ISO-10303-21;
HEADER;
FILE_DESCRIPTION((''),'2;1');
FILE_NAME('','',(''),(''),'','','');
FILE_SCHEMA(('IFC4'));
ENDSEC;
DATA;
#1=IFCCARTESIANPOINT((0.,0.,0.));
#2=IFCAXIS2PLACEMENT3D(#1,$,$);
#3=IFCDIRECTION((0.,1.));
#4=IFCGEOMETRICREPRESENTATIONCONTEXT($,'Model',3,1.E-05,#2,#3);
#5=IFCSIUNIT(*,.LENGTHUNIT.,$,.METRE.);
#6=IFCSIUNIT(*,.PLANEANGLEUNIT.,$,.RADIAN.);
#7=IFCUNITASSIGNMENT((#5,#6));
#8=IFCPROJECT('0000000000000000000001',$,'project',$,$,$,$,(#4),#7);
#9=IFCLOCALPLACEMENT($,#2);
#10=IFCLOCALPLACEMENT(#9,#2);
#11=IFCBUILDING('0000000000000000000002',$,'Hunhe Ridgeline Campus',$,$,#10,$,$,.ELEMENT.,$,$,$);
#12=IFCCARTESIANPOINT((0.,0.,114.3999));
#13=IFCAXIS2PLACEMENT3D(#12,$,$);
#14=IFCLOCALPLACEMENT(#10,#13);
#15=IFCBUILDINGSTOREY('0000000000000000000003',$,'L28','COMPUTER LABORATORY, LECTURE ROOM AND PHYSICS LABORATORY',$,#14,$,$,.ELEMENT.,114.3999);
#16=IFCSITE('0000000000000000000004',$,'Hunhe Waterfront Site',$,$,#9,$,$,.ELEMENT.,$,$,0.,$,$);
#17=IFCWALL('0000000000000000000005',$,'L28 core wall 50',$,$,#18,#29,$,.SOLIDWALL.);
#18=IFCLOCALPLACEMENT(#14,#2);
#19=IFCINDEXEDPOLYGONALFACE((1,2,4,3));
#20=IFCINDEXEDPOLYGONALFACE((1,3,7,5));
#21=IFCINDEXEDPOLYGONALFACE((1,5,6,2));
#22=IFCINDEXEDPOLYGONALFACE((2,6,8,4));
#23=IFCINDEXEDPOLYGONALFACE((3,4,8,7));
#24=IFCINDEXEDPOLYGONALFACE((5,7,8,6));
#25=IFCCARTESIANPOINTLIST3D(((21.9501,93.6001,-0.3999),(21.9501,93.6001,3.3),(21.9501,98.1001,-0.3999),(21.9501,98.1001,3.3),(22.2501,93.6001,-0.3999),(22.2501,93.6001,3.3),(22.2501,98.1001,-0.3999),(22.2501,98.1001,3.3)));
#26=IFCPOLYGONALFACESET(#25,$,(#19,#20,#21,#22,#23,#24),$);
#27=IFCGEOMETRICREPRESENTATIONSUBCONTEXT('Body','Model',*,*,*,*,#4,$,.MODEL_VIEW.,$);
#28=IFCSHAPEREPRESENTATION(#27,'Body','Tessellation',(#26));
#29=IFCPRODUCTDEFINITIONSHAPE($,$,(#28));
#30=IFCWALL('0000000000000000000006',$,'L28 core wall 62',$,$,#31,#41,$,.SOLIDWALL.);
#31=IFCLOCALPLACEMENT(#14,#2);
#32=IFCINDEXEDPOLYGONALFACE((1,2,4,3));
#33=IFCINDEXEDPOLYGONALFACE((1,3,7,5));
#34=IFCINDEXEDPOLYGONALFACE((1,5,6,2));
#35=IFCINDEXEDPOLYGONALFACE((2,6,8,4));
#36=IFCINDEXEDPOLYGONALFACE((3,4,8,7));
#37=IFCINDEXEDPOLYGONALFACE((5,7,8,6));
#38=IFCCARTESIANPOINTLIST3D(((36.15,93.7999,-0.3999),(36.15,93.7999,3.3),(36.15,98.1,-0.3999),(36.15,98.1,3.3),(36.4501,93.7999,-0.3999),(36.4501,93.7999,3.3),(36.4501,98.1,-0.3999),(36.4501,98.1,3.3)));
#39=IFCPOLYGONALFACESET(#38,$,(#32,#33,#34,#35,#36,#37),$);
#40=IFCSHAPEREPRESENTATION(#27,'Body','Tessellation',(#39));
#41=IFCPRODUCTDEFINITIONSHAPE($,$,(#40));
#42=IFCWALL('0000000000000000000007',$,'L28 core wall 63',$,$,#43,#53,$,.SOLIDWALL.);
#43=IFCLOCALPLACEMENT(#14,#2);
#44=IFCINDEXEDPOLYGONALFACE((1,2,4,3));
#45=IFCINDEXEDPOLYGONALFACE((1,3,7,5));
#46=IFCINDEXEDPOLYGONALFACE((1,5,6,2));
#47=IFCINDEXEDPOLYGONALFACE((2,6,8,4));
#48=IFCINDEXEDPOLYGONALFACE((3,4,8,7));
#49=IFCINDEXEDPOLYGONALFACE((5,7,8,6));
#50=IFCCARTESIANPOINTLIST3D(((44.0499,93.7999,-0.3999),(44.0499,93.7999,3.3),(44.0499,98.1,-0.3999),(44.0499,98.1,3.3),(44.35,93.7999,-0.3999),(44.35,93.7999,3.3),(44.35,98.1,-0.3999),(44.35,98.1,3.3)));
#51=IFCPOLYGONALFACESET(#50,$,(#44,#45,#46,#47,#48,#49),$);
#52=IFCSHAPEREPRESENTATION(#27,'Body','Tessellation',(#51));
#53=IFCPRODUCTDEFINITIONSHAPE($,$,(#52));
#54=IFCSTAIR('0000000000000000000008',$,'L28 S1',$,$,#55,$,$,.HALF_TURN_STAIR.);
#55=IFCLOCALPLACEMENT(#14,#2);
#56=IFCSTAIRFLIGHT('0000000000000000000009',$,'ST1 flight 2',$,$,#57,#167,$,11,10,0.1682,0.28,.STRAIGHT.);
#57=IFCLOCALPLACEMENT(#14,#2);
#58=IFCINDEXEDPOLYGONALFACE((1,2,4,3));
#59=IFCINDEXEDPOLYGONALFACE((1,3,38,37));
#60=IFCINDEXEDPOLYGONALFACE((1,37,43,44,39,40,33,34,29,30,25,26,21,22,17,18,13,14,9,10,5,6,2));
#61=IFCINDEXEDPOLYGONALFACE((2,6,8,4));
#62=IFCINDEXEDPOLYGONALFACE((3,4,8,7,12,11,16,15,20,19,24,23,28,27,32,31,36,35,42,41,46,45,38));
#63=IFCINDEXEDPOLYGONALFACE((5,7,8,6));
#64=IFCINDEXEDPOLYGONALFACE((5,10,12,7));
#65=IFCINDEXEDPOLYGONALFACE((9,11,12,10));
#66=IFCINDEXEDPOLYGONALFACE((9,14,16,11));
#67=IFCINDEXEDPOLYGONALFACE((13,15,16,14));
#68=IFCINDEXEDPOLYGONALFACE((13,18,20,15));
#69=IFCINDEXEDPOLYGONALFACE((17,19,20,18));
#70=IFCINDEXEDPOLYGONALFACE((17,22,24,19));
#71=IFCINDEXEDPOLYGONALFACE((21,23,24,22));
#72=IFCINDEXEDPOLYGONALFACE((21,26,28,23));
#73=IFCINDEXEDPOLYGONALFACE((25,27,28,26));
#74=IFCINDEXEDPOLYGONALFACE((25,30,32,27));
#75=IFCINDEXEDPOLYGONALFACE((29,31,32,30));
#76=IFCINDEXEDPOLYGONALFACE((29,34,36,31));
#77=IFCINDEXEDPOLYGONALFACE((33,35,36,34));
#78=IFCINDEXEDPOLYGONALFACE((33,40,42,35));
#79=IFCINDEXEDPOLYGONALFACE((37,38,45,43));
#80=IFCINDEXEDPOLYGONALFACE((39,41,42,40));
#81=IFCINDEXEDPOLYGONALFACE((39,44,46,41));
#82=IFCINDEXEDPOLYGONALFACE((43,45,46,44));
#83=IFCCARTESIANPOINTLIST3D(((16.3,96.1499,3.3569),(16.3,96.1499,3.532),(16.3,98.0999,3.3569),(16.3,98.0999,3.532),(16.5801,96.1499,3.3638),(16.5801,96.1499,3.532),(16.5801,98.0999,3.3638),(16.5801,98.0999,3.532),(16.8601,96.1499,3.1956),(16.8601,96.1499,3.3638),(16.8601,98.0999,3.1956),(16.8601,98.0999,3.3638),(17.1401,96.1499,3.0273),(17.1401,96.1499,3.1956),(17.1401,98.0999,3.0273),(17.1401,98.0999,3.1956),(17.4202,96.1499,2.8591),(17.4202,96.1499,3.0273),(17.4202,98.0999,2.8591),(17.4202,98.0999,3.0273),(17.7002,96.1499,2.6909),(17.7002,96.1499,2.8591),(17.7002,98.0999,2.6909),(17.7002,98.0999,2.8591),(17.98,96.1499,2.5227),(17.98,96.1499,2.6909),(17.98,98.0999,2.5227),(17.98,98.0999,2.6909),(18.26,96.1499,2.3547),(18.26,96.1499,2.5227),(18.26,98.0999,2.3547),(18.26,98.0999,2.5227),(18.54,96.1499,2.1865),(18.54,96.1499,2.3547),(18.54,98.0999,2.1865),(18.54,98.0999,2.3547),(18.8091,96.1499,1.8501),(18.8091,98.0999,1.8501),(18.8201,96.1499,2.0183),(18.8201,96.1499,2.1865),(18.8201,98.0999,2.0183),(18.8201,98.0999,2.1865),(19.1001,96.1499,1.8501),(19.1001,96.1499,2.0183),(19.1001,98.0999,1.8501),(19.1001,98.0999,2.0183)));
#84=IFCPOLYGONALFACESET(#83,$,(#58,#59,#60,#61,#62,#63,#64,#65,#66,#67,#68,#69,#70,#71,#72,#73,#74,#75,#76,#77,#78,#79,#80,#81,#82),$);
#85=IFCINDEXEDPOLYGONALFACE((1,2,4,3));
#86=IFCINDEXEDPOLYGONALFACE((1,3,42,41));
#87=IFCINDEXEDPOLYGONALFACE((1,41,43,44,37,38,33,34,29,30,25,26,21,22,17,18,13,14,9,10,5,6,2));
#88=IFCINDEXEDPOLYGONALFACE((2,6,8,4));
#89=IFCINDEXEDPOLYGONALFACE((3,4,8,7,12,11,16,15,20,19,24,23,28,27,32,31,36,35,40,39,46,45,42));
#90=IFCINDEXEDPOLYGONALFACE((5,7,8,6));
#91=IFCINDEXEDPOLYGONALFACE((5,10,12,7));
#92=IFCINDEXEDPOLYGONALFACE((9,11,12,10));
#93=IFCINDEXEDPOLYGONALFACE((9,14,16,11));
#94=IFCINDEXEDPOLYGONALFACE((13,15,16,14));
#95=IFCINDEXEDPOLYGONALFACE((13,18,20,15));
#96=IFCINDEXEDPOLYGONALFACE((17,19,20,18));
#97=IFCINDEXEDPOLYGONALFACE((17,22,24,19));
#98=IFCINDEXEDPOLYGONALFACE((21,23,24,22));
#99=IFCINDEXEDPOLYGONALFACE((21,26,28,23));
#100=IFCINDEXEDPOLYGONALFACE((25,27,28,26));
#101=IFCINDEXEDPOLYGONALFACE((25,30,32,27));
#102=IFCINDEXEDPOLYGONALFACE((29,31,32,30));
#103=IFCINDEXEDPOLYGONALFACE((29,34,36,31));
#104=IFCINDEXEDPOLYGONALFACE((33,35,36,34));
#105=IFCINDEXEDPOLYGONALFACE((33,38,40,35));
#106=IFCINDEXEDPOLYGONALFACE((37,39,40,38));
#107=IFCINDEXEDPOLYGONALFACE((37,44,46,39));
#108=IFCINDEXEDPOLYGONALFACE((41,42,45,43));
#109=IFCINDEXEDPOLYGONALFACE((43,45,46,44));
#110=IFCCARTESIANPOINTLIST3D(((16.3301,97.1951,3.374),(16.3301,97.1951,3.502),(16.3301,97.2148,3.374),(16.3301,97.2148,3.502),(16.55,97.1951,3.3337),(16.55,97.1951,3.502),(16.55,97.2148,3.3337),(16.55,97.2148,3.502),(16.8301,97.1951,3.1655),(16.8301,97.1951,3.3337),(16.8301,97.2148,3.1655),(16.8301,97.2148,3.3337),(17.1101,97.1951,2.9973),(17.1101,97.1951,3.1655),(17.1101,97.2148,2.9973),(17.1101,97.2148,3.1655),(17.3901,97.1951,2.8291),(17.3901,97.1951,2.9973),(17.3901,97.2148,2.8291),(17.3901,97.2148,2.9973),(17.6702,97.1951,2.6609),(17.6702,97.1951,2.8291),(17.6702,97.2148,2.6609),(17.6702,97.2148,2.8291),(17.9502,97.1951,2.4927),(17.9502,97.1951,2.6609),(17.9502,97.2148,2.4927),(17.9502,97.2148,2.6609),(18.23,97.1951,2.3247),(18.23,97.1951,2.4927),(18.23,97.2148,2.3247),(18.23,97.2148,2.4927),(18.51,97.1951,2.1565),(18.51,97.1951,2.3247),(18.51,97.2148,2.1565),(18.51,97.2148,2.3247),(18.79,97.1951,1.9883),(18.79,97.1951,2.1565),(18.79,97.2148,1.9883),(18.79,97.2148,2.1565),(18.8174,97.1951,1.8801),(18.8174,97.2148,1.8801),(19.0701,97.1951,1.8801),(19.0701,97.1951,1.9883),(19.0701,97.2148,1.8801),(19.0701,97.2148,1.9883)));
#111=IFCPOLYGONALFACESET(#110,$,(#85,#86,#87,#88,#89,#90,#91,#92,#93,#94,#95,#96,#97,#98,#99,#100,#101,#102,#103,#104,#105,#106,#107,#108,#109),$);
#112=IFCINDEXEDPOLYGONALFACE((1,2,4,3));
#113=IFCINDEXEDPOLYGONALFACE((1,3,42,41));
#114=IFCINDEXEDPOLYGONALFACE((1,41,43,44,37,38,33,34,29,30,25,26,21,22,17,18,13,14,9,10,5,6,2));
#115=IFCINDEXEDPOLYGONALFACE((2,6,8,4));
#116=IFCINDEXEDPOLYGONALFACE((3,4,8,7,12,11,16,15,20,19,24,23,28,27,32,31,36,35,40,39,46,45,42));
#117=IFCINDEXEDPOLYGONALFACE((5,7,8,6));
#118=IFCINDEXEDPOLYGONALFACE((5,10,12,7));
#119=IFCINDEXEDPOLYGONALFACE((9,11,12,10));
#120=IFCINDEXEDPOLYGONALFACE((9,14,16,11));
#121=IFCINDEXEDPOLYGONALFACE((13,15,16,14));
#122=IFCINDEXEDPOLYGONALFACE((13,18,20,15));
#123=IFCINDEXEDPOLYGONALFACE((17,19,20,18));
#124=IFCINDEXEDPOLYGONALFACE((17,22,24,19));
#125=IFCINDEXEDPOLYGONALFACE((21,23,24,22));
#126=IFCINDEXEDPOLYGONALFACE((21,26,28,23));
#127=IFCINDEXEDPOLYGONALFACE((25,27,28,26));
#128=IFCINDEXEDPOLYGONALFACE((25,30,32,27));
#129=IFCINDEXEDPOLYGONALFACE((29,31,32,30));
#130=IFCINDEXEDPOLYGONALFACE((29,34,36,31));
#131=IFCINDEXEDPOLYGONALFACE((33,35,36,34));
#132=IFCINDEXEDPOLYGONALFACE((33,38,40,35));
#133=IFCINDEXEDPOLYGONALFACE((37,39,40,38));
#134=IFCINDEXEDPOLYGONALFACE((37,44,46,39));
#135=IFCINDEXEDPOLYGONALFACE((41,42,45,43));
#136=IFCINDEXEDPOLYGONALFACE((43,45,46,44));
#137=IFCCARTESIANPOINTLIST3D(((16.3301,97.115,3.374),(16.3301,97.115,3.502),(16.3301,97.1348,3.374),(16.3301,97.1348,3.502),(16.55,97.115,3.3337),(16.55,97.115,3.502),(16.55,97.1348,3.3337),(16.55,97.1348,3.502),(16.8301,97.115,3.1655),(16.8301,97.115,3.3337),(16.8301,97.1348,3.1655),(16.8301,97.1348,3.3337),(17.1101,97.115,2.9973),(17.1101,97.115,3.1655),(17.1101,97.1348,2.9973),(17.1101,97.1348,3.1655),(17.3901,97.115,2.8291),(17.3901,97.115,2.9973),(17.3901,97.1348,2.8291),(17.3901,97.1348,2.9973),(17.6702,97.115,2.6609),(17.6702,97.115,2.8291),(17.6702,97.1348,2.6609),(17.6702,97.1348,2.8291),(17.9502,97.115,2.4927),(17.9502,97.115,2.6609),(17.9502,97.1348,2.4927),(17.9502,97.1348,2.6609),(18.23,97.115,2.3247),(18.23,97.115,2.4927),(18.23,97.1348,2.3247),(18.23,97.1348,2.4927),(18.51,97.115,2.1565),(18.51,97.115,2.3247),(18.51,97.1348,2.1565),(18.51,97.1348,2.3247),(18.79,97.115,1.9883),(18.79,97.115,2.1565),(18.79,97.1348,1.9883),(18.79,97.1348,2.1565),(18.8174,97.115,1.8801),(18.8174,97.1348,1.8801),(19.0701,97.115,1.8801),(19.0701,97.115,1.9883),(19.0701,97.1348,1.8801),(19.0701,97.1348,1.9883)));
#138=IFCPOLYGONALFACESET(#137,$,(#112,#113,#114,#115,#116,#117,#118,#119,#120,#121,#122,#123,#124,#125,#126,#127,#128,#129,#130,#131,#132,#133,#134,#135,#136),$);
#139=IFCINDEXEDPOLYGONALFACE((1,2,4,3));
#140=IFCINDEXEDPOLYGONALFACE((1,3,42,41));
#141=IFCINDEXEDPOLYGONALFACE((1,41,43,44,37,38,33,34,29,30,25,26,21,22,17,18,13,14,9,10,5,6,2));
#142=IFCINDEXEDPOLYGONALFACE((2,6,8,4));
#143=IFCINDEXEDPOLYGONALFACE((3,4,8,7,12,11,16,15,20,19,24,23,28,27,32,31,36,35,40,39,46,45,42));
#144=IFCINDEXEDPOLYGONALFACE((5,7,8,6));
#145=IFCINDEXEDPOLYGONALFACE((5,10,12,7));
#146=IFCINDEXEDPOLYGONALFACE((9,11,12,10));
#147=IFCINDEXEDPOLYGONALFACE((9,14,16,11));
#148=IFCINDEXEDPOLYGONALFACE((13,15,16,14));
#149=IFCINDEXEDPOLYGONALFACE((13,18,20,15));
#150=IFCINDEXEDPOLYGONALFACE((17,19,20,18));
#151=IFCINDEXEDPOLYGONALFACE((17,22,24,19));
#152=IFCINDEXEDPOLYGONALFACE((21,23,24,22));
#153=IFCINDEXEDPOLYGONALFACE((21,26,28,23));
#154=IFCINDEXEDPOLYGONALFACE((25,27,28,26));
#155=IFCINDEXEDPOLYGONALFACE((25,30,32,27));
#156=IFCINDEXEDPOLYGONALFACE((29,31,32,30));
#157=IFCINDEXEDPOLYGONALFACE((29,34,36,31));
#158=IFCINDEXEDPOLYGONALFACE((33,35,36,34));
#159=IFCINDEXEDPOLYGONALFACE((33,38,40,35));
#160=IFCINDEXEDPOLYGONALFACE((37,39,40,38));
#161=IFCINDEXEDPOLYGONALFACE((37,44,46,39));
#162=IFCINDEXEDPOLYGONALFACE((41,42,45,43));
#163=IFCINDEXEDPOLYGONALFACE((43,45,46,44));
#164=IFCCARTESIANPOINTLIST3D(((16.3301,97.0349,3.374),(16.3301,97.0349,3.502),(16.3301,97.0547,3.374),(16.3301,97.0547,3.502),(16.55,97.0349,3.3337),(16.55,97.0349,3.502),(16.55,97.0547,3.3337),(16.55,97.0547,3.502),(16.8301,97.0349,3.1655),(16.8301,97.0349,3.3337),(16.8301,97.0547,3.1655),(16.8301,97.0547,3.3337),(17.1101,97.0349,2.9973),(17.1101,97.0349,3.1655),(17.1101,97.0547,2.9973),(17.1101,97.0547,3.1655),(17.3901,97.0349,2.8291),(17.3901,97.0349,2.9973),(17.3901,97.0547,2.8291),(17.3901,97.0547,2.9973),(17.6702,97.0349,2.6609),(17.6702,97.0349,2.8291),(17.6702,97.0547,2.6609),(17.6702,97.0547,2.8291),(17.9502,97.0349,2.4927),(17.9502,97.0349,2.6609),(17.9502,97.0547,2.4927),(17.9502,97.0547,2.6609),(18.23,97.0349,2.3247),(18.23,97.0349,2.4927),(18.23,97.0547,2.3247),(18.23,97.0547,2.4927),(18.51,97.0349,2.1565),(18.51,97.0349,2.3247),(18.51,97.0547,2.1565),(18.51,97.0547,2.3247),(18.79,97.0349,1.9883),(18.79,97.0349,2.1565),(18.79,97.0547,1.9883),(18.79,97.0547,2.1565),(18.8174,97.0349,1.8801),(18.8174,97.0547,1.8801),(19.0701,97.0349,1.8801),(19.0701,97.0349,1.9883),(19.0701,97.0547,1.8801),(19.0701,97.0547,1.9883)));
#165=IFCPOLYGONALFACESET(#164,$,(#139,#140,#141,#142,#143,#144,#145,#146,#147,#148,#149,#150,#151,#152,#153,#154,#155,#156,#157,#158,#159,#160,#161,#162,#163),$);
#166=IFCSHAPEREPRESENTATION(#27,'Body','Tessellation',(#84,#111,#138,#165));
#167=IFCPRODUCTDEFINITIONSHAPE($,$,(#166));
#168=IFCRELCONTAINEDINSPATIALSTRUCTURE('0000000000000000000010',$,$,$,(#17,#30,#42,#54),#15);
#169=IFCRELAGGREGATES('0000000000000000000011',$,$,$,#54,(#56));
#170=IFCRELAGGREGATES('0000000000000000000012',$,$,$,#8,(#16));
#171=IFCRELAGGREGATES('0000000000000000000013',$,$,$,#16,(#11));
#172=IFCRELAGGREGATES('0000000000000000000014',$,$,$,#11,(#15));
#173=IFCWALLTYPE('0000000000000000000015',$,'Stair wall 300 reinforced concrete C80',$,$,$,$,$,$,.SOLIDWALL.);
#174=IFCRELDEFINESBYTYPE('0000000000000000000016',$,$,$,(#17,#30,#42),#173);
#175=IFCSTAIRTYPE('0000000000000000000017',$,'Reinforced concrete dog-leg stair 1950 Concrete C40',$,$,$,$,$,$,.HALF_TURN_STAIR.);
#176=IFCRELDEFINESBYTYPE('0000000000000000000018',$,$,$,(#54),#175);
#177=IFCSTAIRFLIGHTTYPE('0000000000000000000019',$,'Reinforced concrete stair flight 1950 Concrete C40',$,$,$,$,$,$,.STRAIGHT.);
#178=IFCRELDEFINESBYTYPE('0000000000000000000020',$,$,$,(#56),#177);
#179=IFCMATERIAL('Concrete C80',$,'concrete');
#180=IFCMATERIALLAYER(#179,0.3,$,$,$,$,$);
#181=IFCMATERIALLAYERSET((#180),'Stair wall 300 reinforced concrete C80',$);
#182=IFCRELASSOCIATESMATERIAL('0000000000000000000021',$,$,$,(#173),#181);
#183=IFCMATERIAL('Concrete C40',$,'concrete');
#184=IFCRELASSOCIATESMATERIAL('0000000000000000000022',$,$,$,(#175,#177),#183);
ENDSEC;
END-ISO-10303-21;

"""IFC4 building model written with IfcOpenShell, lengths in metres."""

from ifc_helpers import new_model, si_unit, direction, frame, frame_2d, origin, place, context, subcontext, project, spatial, polyline, rectangle, outline, extrude, material, layer, layer_set, type_object, element, aggregate, save


model = new_model("IFC4")

# Units and contexts
model_context = context("Model", 3, precision=1e-05, world=origin(), true_north=direction((0.0, 1.0)))
body_context = subcontext(model_context, "Body", "Model", "MODEL_VIEW")
ifc_project = project(units=[si_unit("LENGTHUNIT", "METRE"), si_unit("PLANEANGLEUNIT", "RADIAN")], contexts=[model_context])

# Site, building, storey
site_placement = place(None, origin())
site = spatial("IfcSite", under=ifc_project, at=site_placement, Name="Hunhe Waterfront Site", CompositionType="ELEMENT", RefElevation=0.0)
building_placement = place(site_placement, origin())
building = spatial("IfcBuilding", under=site, at=building_placement, Name="Hunhe Ridgeline Campus", CompositionType="ELEMENT")
storey_placement = place(building_placement, frame((0.0, 0.0, 114.3999)))
storey = spatial("IfcBuildingStorey", under=building, at=storey_placement, Name="L28", Description="COMPUTER LABORATORY, LECTURE ROOM AND PHYSICS LABORATORY", CompositionType="ELEMENT", Elevation=114.3999)

# Shared definitions
ifc_material_1 = material(Name="Concrete C80", Category="concrete")

# Shared definitions
ifc_layer_1 = layer(ifc_material_1, 0.3)
ifc_layer_set_1 = layer_set([ifc_layer_1], Name="Stair wall 300 reinforced concrete C80")
wall_type_1 = type_object("IfcWallType", Name="Stair wall 300 reinforced concrete C80", PredefinedType="SOLIDWALL", material=ifc_layer_set_1)

# Walls
wall_1_placement = place(storey_placement, frame((22.1001, 93.6001, -0.3999), z_axis=(0.0, 0.0, 1.0), x_axis=(0.0, 1.0, 0.0)))
element("IfcWall", 1, at=wall_1_placement, inside=storey, type_object=wall_type_1, Name="L28 core wall 50", PredefinedType="SOLIDWALL", context=body_context, shape_type="SweptSolid", body=[
    extrude(rectangle(XDim=4.5, YDim=0.3, at=frame_2d((2.25, 0.0))), origin(), (0.0, 0.0, 1.0), 3.7),
])
for number, where, z_axis, x_axis, name in (
    (2, (36.3, 93.8, -0.3999), (0.0, 0.0, 1.0), (0.0, 1.0, 0.0), "L28 core wall 62"),
    (3, (44.2, 93.8, -0.3999), (0.0, 0.0, 1.0), (0.0, 1.0, 0.0), "L28 core wall 63"),
):
    element("IfcWall", number, at=place(storey_placement, frame(where, z_axis=z_axis, x_axis=x_axis)), inside=storey, type_object=wall_type_1, Name=name, PredefinedType="SOLIDWALL", context=body_context, shape_type="SweptSolid", body=[
        extrude(rectangle(XDim=4.3, YDim=0.3, at=frame_2d((2.1499, 0.0))), origin(), (0.0, 0.0, 1.0), 3.7),
    ])

# Stair, stair flight
ifc_material_2 = material(Name="Concrete C40", Category="concrete")
stair_type = type_object("IfcStairType", Name="Reinforced concrete dog-leg stair 1950 Concrete C40", PredefinedType="HALF_TURN_STAIR", material=ifc_material_2)
stair_1_placement = place(storey_placement, origin())
stair_1 = element("IfcStair", 4, at=stair_1_placement, inside=storey, type_object=stair_type, Name="L28 S1", PredefinedType="HALF_TURN_STAIR")
stair_flight_type = type_object("IfcStairFlightType", Name="Reinforced concrete stair flight 1950 Concrete C40", PredefinedType="STRAIGHT", material=ifc_material_2)
stair_flight_1_placement = place(storey_placement, frame((19.1001, 97.125, 1.8501), z_axis=(0.0, 0.0, 1.0), x_axis=(-1.0, 0.0, 0.0)))
stair_flight_1 = element("IfcStairFlight", 5, at=stair_flight_1_placement, type_object=stair_flight_type, Name="ST1 flight 2", NumberOfRisers=11, NumberOfTreads=10, PredefinedType="STRAIGHT", RiserHeight=0.1682, TreadLength=0.28, context=body_context, shape_type="SweptSolid", body=[
    extrude(outline(polyline([(0.0, 0.0), (0.0, 0.1682), (0.28, 0.1682), (0.28, 0.3364), (0.5601, 0.3364), (0.5601, 0.5046), (0.8401, 0.5046), (0.8401, 0.6726), (1.1201, 0.6726), (1.1201, 0.8408), (1.3999, 0.8408), (1.3999, 1.009), (1.6799, 1.009), (1.6799, 1.1772), (1.96, 1.1772), (1.96, 1.3455), (2.24, 1.3455), (2.24, 1.5137), (2.52, 1.5137), (2.52, 1.6819), (2.8, 1.6819), (2.8, 1.8501), (2.8, 1.5068), (0.291, 0.0), (0.0, 0.0)])), frame((0.0, 0.9751, 0.0), z_axis=(0.0, -1.0, 0.0), x_axis=(1.0, 0.0, 0.0)), (0.0, 0.0, 1.0), 1.95),
    extrude(outline(polyline([(0.03, 0.03), (0.03, 0.1382), (0.3101, 0.1382), (0.3101, 0.3064), (0.5901, 0.3064), (0.5901, 0.4746), (0.8701, 0.4746), (0.8701, 0.6426), (1.1499, 0.6426), (1.1499, 0.8108), (1.4299, 0.8108), (1.4299, 0.979), (1.71, 0.979), (1.71, 1.1472), (1.99, 1.1472), (1.99, 1.3154), (2.27, 1.3154), (2.27, 1.4836), (2.55, 1.4836), (2.55, 1.6519), (2.77, 1.6519), (2.77, 1.5239), (0.2827, 0.03), (0.03, 0.03)])), frame((0.0, -0.0701, 0.0), z_axis=(0.0, -1.0, 0.0), x_axis=(1.0, 0.0, 0.0)), (0.0, 0.0, 1.0), 0.0198),
    extrude(outline(polyline([(0.03, 0.03), (0.03, 0.1382), (0.3101, 0.1382), (0.3101, 0.3064), (0.5901, 0.3064), (0.5901, 0.4746), (0.8701, 0.4746), (0.8701, 0.6426), (1.1499, 0.6426), (1.1499, 0.8108), (1.4299, 0.8108), (1.4299, 0.979), (1.71, 0.979), (1.71, 1.1472), (1.99, 1.1472), (1.99, 1.3154), (2.27, 1.3154), (2.27, 1.4836), (2.55, 1.4836), (2.55, 1.6519), (2.77, 1.6519), (2.77, 1.5239), (0.2827, 0.03), (0.03, 0.03)])), frame((0.0, 0.01, 0.0), z_axis=(0.0, -1.0, 0.0), x_axis=(1.0, 0.0, 0.0)), (0.0, 0.0, 1.0), 0.0198),
    extrude(outline(polyline([(0.03, 0.03), (0.03, 0.1382), (0.3101, 0.1382), (0.3101, 0.3064), (0.5901, 0.3064), (0.5901, 0.4746), (0.8701, 0.4746), (0.8701, 0.6426), (1.1499, 0.6426), (1.1499, 0.8108), (1.4299, 0.8108), (1.4299, 0.979), (1.71, 0.979), (1.71, 1.1472), (1.99, 1.1472), (1.99, 1.3154), (2.27, 1.3154), (2.27, 1.4836), (2.55, 1.4836), (2.55, 1.6519), (2.77, 1.6519), (2.77, 1.5239), (0.2827, 0.03), (0.03, 0.03)])), frame((0.0, 0.0901, 0.0), z_axis=(0.0, -1.0, 0.0), x_axis=(1.0, 0.0, 0.0)), (0.0, 0.0, 1.0), 0.0198),
])
aggregate(stair_1, [stair_flight_1])

save(model, "model.ifc")
